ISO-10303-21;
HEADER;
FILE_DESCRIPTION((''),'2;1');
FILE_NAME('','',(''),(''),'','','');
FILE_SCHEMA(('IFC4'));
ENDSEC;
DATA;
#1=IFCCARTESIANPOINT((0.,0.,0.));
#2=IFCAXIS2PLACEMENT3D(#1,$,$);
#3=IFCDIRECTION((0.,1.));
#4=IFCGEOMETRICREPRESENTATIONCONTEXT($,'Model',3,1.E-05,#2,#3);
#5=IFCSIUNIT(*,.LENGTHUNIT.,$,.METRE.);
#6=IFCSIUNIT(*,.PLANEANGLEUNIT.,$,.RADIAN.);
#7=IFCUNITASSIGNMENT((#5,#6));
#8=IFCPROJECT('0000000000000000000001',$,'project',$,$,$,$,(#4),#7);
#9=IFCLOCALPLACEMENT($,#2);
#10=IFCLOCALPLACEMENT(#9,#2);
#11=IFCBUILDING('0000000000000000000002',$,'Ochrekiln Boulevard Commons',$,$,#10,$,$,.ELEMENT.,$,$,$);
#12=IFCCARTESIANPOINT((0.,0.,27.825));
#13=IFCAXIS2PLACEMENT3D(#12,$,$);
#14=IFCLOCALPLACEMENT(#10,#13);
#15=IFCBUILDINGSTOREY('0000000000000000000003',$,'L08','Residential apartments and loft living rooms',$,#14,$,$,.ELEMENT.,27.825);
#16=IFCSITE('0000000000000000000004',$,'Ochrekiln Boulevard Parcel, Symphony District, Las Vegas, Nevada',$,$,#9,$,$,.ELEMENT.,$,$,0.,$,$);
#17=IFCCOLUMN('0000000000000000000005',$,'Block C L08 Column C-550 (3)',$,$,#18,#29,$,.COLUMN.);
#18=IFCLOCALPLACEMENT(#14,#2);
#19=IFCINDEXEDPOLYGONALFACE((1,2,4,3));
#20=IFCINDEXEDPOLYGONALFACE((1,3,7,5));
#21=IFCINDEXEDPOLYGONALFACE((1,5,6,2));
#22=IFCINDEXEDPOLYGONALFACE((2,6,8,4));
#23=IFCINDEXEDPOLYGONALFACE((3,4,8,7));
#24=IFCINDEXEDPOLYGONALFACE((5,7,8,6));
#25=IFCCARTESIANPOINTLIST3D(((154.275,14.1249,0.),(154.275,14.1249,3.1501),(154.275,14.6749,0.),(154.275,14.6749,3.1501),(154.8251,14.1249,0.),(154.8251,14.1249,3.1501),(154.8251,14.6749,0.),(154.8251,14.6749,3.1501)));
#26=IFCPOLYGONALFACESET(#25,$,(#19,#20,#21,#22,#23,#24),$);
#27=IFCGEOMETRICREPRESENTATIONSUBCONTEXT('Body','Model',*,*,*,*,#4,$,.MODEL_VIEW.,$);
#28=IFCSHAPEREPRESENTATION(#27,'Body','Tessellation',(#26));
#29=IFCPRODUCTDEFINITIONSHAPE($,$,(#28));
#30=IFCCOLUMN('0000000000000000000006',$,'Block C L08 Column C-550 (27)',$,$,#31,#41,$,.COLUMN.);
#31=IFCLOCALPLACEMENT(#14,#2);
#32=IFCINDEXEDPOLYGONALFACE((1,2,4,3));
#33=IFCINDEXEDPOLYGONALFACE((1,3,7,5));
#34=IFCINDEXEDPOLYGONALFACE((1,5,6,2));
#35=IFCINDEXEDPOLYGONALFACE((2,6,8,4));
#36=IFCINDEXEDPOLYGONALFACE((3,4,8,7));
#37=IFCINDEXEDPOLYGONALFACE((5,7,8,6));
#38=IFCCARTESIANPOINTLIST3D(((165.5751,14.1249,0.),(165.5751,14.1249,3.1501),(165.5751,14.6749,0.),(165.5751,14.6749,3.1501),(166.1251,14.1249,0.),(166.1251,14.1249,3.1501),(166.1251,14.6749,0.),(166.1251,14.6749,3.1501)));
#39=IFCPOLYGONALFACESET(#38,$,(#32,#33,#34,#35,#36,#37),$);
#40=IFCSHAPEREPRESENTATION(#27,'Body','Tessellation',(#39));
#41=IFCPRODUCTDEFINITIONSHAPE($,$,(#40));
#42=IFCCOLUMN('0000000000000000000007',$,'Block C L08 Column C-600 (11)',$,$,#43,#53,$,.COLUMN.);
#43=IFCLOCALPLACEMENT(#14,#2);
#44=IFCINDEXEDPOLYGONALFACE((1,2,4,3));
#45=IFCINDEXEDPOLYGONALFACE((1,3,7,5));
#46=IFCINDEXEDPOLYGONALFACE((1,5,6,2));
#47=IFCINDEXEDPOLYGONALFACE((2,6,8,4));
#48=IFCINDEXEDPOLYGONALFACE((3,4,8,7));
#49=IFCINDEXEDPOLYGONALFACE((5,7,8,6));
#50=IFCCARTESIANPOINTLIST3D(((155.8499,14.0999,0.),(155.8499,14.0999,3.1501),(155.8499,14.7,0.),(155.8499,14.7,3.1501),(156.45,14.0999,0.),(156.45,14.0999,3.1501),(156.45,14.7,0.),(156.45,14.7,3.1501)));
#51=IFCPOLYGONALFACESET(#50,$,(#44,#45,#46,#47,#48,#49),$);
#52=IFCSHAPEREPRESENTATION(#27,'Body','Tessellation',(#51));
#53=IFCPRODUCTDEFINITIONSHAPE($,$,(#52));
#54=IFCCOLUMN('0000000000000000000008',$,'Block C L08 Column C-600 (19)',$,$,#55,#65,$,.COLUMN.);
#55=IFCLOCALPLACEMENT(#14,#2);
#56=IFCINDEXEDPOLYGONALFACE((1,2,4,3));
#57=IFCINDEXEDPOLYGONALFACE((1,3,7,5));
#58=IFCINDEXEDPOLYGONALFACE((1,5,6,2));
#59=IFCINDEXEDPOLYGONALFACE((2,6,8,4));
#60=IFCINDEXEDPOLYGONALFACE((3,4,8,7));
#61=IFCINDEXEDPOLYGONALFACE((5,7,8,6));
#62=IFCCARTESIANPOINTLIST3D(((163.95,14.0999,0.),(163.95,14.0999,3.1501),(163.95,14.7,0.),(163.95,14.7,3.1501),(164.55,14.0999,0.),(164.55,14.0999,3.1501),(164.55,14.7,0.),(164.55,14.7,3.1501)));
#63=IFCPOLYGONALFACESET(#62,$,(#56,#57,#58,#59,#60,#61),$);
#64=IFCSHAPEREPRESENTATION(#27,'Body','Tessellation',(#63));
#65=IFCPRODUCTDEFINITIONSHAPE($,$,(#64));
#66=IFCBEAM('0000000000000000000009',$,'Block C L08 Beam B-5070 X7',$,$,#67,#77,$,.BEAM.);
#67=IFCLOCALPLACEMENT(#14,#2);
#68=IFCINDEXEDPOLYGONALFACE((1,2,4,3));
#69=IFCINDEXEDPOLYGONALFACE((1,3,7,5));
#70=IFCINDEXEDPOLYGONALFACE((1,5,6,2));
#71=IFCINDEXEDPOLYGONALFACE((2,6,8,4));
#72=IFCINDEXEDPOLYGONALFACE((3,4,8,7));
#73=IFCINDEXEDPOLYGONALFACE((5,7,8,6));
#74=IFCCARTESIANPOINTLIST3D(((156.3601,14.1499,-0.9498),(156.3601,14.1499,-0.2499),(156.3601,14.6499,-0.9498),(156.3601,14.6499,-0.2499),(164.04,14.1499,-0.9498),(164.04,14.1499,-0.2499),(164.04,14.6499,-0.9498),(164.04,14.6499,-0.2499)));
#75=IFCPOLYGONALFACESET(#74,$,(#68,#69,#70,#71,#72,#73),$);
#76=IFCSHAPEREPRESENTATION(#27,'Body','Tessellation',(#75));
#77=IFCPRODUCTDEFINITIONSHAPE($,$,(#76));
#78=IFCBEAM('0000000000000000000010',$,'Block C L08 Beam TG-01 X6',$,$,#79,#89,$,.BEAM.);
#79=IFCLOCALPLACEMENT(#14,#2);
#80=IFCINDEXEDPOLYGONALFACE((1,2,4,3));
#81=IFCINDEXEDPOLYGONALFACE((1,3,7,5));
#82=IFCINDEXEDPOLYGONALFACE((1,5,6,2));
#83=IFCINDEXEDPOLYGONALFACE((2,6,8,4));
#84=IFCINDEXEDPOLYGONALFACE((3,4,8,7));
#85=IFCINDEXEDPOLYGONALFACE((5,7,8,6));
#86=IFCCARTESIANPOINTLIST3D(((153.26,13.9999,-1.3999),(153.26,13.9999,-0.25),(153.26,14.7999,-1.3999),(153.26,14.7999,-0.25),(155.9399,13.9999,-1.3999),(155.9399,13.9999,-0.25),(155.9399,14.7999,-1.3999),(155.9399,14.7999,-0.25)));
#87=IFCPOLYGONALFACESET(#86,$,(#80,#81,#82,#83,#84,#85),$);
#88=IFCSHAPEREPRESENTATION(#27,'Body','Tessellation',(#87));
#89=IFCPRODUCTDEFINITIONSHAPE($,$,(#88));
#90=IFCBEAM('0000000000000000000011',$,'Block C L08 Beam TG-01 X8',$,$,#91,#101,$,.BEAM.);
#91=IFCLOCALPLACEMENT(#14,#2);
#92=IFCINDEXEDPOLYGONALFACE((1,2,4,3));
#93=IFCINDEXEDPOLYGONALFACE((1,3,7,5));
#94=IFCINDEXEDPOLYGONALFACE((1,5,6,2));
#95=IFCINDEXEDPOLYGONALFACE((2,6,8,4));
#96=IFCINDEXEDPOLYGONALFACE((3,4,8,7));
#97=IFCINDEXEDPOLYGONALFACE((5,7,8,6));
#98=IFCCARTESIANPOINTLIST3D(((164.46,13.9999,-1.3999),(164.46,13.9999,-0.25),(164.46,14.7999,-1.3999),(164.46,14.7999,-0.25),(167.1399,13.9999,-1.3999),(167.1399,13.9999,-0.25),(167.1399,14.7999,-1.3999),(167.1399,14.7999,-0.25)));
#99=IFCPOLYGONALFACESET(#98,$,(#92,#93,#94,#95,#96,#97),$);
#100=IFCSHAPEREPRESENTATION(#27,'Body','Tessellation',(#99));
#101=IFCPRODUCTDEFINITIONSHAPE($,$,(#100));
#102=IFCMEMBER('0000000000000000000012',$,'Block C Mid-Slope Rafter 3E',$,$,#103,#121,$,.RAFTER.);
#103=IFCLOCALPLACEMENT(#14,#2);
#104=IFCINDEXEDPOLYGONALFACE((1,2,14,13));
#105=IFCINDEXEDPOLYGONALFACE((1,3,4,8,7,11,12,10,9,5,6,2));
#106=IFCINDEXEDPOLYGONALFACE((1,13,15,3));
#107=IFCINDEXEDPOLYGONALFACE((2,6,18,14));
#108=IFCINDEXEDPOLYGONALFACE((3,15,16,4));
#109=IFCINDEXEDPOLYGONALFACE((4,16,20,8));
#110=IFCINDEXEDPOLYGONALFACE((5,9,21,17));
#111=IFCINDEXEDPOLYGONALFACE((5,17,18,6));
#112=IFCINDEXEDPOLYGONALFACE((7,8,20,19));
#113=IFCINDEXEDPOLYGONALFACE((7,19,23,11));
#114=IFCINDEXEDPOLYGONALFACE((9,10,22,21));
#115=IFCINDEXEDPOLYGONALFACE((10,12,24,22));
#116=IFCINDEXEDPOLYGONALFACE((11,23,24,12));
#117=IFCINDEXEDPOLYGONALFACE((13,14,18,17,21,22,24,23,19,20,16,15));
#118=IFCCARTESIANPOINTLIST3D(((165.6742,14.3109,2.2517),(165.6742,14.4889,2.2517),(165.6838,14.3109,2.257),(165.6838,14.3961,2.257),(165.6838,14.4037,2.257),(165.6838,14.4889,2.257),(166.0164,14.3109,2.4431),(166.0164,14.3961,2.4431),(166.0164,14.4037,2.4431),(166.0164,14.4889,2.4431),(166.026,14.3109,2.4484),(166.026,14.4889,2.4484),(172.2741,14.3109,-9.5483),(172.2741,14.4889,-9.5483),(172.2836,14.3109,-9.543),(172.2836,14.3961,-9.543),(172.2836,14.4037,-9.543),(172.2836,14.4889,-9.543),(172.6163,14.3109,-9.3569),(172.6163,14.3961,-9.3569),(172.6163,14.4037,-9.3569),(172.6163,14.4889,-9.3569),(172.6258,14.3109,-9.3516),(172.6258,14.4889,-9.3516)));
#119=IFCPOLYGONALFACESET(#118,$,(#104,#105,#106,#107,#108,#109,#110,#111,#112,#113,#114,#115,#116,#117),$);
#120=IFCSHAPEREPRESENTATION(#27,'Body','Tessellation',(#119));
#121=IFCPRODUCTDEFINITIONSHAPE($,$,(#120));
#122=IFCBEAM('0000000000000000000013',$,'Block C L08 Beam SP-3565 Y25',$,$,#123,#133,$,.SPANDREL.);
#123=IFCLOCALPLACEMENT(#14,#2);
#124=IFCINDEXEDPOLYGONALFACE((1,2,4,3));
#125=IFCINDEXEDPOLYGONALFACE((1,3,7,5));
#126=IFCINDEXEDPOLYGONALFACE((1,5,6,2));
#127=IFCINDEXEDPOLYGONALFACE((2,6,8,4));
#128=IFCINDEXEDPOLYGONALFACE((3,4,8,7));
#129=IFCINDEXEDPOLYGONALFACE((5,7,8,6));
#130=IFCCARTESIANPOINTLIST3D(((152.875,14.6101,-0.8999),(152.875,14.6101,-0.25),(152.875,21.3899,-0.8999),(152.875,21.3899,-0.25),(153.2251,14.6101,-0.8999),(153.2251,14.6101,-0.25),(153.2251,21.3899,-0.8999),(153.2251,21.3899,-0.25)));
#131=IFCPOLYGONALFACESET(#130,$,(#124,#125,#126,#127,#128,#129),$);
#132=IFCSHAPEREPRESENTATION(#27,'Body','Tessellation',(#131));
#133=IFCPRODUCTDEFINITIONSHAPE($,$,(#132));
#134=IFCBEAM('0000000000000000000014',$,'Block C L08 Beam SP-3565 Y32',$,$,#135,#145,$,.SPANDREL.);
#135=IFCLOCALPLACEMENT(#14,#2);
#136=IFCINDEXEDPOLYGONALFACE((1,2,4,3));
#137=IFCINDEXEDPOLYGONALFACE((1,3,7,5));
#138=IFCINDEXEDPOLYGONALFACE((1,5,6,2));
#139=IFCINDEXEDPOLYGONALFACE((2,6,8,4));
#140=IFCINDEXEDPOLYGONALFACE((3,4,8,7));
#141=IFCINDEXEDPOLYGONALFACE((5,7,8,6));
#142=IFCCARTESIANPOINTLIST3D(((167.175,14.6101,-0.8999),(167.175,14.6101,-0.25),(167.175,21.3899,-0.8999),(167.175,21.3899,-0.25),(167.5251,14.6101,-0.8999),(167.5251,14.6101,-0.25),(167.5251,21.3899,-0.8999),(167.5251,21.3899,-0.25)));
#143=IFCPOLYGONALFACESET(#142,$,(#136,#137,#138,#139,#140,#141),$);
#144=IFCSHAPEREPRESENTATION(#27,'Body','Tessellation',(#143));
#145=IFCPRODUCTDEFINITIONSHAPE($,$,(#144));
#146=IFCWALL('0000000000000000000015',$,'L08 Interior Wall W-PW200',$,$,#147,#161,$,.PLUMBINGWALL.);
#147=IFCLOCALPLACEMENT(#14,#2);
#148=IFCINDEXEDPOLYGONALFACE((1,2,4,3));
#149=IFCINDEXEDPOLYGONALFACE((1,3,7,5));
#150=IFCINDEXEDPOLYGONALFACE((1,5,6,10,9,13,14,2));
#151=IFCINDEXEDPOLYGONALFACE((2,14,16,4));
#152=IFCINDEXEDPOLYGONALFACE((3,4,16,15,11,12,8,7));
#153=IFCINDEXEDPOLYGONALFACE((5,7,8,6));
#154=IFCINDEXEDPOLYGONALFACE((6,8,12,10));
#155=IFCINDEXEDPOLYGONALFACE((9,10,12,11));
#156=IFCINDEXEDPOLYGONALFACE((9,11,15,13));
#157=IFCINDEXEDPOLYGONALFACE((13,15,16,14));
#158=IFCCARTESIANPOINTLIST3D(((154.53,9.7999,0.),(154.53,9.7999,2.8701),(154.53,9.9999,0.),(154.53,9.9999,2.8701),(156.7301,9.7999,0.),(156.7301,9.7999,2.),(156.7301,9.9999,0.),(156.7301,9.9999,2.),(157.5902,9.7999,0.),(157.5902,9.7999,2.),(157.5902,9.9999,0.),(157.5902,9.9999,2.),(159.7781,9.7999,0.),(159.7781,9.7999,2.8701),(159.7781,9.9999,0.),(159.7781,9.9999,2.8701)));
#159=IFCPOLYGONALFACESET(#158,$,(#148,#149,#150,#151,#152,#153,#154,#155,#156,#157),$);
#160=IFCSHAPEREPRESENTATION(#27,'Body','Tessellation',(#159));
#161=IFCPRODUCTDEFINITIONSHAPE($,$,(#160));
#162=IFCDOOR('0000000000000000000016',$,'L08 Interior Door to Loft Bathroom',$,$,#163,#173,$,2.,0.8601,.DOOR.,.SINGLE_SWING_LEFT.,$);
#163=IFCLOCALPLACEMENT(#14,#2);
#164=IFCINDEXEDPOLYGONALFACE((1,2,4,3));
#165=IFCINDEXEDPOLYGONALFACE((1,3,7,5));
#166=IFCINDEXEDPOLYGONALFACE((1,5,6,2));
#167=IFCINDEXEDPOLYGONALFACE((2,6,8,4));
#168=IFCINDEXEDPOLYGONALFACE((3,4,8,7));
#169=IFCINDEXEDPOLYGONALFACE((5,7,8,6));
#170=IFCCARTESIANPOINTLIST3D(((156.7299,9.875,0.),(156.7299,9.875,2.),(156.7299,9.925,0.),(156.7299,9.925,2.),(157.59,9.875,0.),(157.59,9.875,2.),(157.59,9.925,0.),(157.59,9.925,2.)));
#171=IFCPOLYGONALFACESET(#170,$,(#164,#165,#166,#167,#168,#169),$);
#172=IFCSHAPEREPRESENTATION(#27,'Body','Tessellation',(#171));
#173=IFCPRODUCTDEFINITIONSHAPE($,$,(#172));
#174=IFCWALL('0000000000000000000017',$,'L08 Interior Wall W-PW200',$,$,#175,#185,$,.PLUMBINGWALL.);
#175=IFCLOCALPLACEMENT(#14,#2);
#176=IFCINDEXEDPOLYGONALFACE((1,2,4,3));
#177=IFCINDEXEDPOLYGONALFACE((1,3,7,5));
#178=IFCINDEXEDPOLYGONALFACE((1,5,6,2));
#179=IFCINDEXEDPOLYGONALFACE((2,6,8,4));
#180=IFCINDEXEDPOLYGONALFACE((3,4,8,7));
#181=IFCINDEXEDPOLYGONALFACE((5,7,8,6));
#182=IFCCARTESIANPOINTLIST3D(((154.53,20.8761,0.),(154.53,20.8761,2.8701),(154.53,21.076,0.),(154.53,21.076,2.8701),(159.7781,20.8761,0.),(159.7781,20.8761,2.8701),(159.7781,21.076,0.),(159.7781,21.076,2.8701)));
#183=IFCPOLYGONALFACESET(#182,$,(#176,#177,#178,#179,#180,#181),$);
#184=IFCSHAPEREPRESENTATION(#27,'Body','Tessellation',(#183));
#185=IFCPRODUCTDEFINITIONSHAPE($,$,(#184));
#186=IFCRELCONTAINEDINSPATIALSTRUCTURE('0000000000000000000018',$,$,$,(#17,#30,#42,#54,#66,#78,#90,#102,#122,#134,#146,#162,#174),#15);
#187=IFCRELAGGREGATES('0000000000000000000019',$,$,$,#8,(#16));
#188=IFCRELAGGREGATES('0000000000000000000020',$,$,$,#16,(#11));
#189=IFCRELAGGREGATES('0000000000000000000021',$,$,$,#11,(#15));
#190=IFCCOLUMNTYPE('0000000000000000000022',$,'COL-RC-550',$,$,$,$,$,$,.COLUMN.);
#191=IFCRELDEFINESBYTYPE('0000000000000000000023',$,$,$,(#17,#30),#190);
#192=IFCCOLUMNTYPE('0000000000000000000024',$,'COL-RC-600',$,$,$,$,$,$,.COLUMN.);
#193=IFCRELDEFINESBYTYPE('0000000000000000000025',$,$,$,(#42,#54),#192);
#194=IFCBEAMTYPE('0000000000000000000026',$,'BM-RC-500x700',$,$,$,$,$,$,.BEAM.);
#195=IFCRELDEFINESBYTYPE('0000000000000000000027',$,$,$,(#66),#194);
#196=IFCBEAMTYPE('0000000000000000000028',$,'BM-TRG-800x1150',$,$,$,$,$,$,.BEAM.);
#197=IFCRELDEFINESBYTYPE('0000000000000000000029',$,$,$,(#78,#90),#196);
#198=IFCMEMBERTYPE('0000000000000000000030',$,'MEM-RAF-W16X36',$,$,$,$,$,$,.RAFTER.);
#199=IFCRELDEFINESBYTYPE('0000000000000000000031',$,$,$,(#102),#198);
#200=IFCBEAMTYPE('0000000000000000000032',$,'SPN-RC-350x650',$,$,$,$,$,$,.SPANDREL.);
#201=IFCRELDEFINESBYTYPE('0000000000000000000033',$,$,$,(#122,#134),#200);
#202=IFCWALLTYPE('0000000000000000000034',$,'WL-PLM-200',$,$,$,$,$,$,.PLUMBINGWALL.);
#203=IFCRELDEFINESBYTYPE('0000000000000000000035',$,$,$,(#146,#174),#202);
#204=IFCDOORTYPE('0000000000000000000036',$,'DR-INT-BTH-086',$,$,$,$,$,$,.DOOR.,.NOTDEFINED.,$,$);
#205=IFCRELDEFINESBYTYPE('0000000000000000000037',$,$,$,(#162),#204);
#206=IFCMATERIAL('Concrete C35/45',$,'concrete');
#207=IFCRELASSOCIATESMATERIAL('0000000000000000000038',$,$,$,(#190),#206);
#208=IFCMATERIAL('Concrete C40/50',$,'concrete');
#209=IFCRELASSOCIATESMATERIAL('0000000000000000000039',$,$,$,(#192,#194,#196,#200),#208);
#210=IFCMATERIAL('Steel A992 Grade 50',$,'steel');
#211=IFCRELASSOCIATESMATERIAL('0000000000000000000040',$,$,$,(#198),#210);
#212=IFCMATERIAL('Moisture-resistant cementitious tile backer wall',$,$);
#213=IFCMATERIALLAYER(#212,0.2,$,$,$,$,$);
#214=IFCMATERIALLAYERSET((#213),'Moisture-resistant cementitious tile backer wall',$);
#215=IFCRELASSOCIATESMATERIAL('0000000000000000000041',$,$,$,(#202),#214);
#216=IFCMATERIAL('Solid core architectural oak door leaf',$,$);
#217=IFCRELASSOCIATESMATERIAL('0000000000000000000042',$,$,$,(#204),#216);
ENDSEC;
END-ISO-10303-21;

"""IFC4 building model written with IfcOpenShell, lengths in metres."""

from ifc_helpers import new_model, si_unit, direction, frame, frame_2d, origin, origin_2d, place, context, subcontext, project, spatial, rectangle, i_section, extrude, material, layer, layer_set, material_profile, profile_set, type_object, element, fill, save


model = new_model("IFC4")

# Units and contexts
model_context = context("Model", 3, precision=1e-05, world=origin(), true_north=direction((0.0, 1.0)))
body_context = subcontext(model_context, "Body", "Model", "MODEL_VIEW")
ifc_project = project(units=[si_unit("LENGTHUNIT", "METRE"), si_unit("PLANEANGLEUNIT", "RADIAN")], contexts=[model_context])

# Site, building, storey
site_placement = place(None, origin())
site = spatial("IfcSite", under=ifc_project, at=site_placement, Name="Ochrekiln Boulevard Parcel, Symphony District, Las Vegas, Nevada", CompositionType="ELEMENT", RefElevation=0.0)
building_placement = place(site_placement, origin())
building = spatial("IfcBuilding", under=site, at=building_placement, Name="Ochrekiln Boulevard Commons", CompositionType="ELEMENT")
storey_placement = place(building_placement, frame((0.0, 0.0, 27.825)))
storey = spatial("IfcBuildingStorey", under=building, at=storey_placement, Name="L08", Description="Residential apartments and loft living rooms", CompositionType="ELEMENT", Elevation=27.825)

# Columns
ifc_material_1 = material(Name="Concrete C35/45", Category="concrete")
ifc_material_profile_1 = material_profile(ifc_material_1, rectangle(XDim=0.55, YDim=0.55, at=origin_2d()), Name="RC-COL-550x550")
ifc_profile_set_1 = profile_set([ifc_material_profile_1], Name="Concrete C35/45")
column_type_1 = type_object("IfcColumnType", Name="COL-RC-550", PredefinedType="COLUMN", material=ifc_profile_set_1)
for number, where, z_axis, x_axis, name in (
    (1, (154.55, 14.3999, 0.0), (0.0, 0.0, 1.0), (1.0, 0.0, 0.0), "Block C L08 Column C-550 (3)"),
    (2, (165.8501, 14.3999, 0.0), (0.0, 0.0, 1.0), (1.0, 0.0, 0.0), "Block C L08 Column C-550 (27)"),
):
    element("IfcColumn", number, at=place(storey_placement, frame(where, z_axis=z_axis, x_axis=x_axis)), inside=storey, type_object=column_type_1, Name=name, PredefinedType="COLUMN", context=body_context, shape_type="SweptSolid", body=[
        extrude(rectangle(XDim=0.55, YDim=0.55, at=origin_2d()), origin(), (0.0, 0.0, 1.0), 3.1501),
    ])
ifc_material_2 = material(Name="Concrete C40/50", Category="concrete")
ifc_material_profile_2 = material_profile(ifc_material_2, rectangle(XDim=0.6001, YDim=0.6001, at=origin_2d()), Name="RC-COL-600x600")
ifc_profile_set_2 = profile_set([ifc_material_profile_2], Name="Concrete C40/50")
column_type_2 = type_object("IfcColumnType", Name="COL-RC-600", PredefinedType="COLUMN", material=ifc_profile_set_2)
for number, where, z_axis, x_axis, name in (
    (3, (156.1499, 14.3999, 0.0), (0.0, 0.0, 1.0), (1.0, 0.0, 0.0), "Block C L08 Column C-600 (11)"),
    (4, (164.25, 14.3999, 0.0), (0.0, 0.0, 1.0), (1.0, 0.0, 0.0), "Block C L08 Column C-600 (19)"),
):
    element("IfcColumn", number, at=place(storey_placement, frame(where, z_axis=z_axis, x_axis=x_axis)), inside=storey, type_object=column_type_2, Name=name, PredefinedType="COLUMN", context=body_context, shape_type="SweptSolid", body=[
        extrude(rectangle(XDim=0.6001, YDim=0.6001, at=origin_2d()), origin(), (0.0, 0.0, 1.0), 3.1501),
    ])

# Beams
ifc_material_profile_3 = material_profile(ifc_material_2, rectangle(XDim=0.5, YDim=0.7, at=origin_2d()), Name="RC-BM-500x700")
ifc_profile_set_3 = profile_set([ifc_material_profile_3], Name="Concrete C40/50")
beam_type_1 = type_object("IfcBeamType", Name="BM-RC-500x700", PredefinedType="BEAM", material=ifc_profile_set_3)
beam_placement = place(storey_placement, frame((156.3601, 14.3999, -0.5999), z_axis=(1.0, 0.0, 0.0), x_axis=(0.0, 1.0, 0.0)))
element("IfcBeam", 5, at=beam_placement, inside=storey, type_object=beam_type_1, Name="Block C L08 Beam B-5070 X7", PredefinedType="BEAM", context=body_context, shape_type="SweptSolid", body=[
    extrude(rectangle(XDim=0.5, YDim=0.7, at=origin_2d()), origin(), (0.0, 0.0, 1.0), 7.6799),
])
ifc_material_profile_4 = material_profile(ifc_material_2, rectangle(XDim=0.8, YDim=1.1499, at=origin_2d()), Name="RC-TRG-800x1150")
ifc_profile_set_4 = profile_set([ifc_material_profile_4], Name="Concrete C40/50")
beam_type_2 = type_object("IfcBeamType", Name="BM-TRG-800x1150", PredefinedType="BEAM", material=ifc_profile_set_4)
for number, where, z_axis, x_axis, name in (
    (6, (153.26, 14.3999, -0.825), (1.0, 0.0, 0.0), (0.0, 1.0, 0.0), "Block C L08 Beam TG-01 X6"),
    (7, (164.46, 14.3999, -0.825), (1.0, 0.0, 0.0), (0.0, 1.0, 0.0), "Block C L08 Beam TG-01 X8"),
):
    element("IfcBeam", number, at=place(storey_placement, frame(where, z_axis=z_axis, x_axis=x_axis)), inside=storey, type_object=beam_type_2, Name=name, PredefinedType="BEAM", context=body_context, shape_type="SweptSolid", body=[
        extrude(rectangle(XDim=0.8, YDim=1.1499, at=origin_2d()), origin(), (0.0, 0.0, 1.0), 2.6799),
    ])

# Member
ifc_material_3 = material(Name="Steel A992 Grade 50", Category="steel")
ifc_material_profile_5 = material_profile(ifc_material_3, i_section(OverallWidth=0.178, OverallDepth=0.4031, WebThickness=0.0076, FlangeThickness=0.011, at=origin_2d()), Name="W16X36")
ifc_profile_set_5 = profile_set([ifc_material_profile_5], Name="Steel A992 Grade 50")
member_type = type_object("IfcMemberType", Name="MEM-RAF-W16X36", PredefinedType="RAFTER", material=ifc_profile_set_5)
member_placement = place(storey_placement, frame((172.45, 14.3999, -9.45), z_axis=(-0.488143, 0.0, 0.872764), x_axis=(0.0, -1.0, 0.0)))
element("IfcMember", 8, at=member_placement, inside=storey, type_object=member_type, Name="Block C Mid-Slope Rafter 3E", PredefinedType="RAFTER", context=body_context, shape_type="SweptSolid", body=[
    extrude(i_section(OverallWidth=0.178, OverallDepth=0.4031, WebThickness=0.0076, FlangeThickness=0.011, at=origin_2d()), origin(), (0.0, 0.0, 1.0), 13.5203),
])

# Beams
ifc_material_profile_6 = material_profile(ifc_material_2, rectangle(XDim=0.3501, YDim=0.6499, at=origin_2d()), Name="RC-SPN-350x650")
ifc_profile_set_6 = profile_set([ifc_material_profile_6], Name="Concrete C40/50")
beam_type_3 = type_object("IfcBeamType", Name="SPN-RC-350x650", PredefinedType="SPANDREL", material=ifc_profile_set_6)
for number, where, z_axis, x_axis, name in (
    (9, (153.05, 14.6101, -0.575), (0.0, 1.0, 0.0), (-1.0, 0.0, 0.0), "Block C L08 Beam SP-3565 Y25"),
    (10, (167.3501, 14.6101, -0.575), (0.0, 1.0, 0.0), (-1.0, 0.0, 0.0), "Block C L08 Beam SP-3565 Y32"),
):
    element("IfcBeam", number, at=place(storey_placement, frame(where, z_axis=z_axis, x_axis=x_axis)), inside=storey, type_object=beam_type_3, Name=name, PredefinedType="SPANDREL", context=body_context, shape_type="SweptSolid", body=[
        extrude(rectangle(XDim=0.3501, YDim=0.6499, at=origin_2d()), origin(), (0.0, 0.0, 1.0), 6.7798),
    ])

# Wall, opening, door
ifc_material_4 = material(Name="Moisture-resistant cementitious tile backer wall")
ifc_layer_1 = layer(ifc_material_4, 0.2)
ifc_layer_set_1 = layer_set([ifc_layer_1], Name="Moisture-resistant cementitious tile backer wall")
wall_type_1 = type_object("IfcWallType", Name="WL-PLM-200", PredefinedType="PLUMBINGWALL", material=ifc_layer_set_1)
wall_1_placement = place(storey_placement, frame((154.53, 9.8999, 0.0), z_axis=(0.0, 0.0, 1.0), x_axis=(1.0, 0.0, 0.0)))
wall_1 = element("IfcWall", 11, at=wall_1_placement, inside=storey, type_object=wall_type_1, Name="L08 Interior Wall W-PW200", PredefinedType="PLUMBINGWALL", context=body_context, shape_type="SweptSolid", body=[
    extrude(rectangle(XDim=5.248, YDim=0.2, at=frame_2d((2.624, 0.0))), origin(), (0.0, 0.0, 1.0), 2.8701),
])
opening_1_placement = place(wall_1_placement, frame((2.2, 0.0, 0.0)))
opening_1 = element("IfcOpeningElement", 12, at=opening_1_placement, cuts=wall_1, PredefinedType="OPENING", context=body_context, shape_type="SweptSolid", body=[
    extrude(rectangle(XDim=0.8601, YDim=2.0, at=frame_2d((0.4302, 1.0))), frame((0.0, 0.1099, 0.0), z_axis=(0.0, -1.0, 0.0), x_axis=(1.0, 0.0, 0.0)), (0.0, 0.0, 1.0), 0.22),
])
ifc_material_5 = material(Name="Solid core architectural oak door leaf")
door_type_1 = type_object("IfcDoorType", Name="DR-INT-BTH-086", OperationType="NOTDEFINED", PredefinedType="DOOR", material=ifc_material_5)
door_1_placement = place(opening_1_placement, frame((0.8601, 0.0, 0.0), z_axis=(0.0, 0.0, 1.0), x_axis=(-1.0, 0.0, 0.0)))
door_1 = element("IfcDoor", 13, at=door_1_placement, inside=storey, type_object=door_type_1, Name="L08 Interior Door to Loft Bathroom", OperationType="SINGLE_SWING_LEFT", OverallHeight=2.0, OverallWidth=0.8601, PredefinedType="DOOR", context=body_context, shape_type="SweptSolid", body=[
    extrude(rectangle(XDim=0.8601, YDim=2.0, at=frame_2d((0.4302, 1.0))), frame((0.0, 0.0249, 0.0), z_axis=(0.0, -1.0, 0.0), x_axis=(1.0, 0.0, 0.0)), (0.0, 0.0, 1.0), 0.05),
])
fill(opening_1, door_1)

# Wall
wall_2_placement = place(storey_placement, frame((154.53, 20.9761, 0.0), z_axis=(0.0, 0.0, 1.0), x_axis=(1.0, 0.0, 0.0)))
element("IfcWall", 14, at=wall_2_placement, inside=storey, type_object=wall_type_1, Name="L08 Interior Wall W-PW200", PredefinedType="PLUMBINGWALL", context=body_context, shape_type="SweptSolid", body=[
    extrude(rectangle(XDim=5.248, YDim=0.2, at=frame_2d((2.624, 0.0))), origin(), (0.0, 0.0, 1.0), 2.8701),
])

save(model, "model.ifc")
